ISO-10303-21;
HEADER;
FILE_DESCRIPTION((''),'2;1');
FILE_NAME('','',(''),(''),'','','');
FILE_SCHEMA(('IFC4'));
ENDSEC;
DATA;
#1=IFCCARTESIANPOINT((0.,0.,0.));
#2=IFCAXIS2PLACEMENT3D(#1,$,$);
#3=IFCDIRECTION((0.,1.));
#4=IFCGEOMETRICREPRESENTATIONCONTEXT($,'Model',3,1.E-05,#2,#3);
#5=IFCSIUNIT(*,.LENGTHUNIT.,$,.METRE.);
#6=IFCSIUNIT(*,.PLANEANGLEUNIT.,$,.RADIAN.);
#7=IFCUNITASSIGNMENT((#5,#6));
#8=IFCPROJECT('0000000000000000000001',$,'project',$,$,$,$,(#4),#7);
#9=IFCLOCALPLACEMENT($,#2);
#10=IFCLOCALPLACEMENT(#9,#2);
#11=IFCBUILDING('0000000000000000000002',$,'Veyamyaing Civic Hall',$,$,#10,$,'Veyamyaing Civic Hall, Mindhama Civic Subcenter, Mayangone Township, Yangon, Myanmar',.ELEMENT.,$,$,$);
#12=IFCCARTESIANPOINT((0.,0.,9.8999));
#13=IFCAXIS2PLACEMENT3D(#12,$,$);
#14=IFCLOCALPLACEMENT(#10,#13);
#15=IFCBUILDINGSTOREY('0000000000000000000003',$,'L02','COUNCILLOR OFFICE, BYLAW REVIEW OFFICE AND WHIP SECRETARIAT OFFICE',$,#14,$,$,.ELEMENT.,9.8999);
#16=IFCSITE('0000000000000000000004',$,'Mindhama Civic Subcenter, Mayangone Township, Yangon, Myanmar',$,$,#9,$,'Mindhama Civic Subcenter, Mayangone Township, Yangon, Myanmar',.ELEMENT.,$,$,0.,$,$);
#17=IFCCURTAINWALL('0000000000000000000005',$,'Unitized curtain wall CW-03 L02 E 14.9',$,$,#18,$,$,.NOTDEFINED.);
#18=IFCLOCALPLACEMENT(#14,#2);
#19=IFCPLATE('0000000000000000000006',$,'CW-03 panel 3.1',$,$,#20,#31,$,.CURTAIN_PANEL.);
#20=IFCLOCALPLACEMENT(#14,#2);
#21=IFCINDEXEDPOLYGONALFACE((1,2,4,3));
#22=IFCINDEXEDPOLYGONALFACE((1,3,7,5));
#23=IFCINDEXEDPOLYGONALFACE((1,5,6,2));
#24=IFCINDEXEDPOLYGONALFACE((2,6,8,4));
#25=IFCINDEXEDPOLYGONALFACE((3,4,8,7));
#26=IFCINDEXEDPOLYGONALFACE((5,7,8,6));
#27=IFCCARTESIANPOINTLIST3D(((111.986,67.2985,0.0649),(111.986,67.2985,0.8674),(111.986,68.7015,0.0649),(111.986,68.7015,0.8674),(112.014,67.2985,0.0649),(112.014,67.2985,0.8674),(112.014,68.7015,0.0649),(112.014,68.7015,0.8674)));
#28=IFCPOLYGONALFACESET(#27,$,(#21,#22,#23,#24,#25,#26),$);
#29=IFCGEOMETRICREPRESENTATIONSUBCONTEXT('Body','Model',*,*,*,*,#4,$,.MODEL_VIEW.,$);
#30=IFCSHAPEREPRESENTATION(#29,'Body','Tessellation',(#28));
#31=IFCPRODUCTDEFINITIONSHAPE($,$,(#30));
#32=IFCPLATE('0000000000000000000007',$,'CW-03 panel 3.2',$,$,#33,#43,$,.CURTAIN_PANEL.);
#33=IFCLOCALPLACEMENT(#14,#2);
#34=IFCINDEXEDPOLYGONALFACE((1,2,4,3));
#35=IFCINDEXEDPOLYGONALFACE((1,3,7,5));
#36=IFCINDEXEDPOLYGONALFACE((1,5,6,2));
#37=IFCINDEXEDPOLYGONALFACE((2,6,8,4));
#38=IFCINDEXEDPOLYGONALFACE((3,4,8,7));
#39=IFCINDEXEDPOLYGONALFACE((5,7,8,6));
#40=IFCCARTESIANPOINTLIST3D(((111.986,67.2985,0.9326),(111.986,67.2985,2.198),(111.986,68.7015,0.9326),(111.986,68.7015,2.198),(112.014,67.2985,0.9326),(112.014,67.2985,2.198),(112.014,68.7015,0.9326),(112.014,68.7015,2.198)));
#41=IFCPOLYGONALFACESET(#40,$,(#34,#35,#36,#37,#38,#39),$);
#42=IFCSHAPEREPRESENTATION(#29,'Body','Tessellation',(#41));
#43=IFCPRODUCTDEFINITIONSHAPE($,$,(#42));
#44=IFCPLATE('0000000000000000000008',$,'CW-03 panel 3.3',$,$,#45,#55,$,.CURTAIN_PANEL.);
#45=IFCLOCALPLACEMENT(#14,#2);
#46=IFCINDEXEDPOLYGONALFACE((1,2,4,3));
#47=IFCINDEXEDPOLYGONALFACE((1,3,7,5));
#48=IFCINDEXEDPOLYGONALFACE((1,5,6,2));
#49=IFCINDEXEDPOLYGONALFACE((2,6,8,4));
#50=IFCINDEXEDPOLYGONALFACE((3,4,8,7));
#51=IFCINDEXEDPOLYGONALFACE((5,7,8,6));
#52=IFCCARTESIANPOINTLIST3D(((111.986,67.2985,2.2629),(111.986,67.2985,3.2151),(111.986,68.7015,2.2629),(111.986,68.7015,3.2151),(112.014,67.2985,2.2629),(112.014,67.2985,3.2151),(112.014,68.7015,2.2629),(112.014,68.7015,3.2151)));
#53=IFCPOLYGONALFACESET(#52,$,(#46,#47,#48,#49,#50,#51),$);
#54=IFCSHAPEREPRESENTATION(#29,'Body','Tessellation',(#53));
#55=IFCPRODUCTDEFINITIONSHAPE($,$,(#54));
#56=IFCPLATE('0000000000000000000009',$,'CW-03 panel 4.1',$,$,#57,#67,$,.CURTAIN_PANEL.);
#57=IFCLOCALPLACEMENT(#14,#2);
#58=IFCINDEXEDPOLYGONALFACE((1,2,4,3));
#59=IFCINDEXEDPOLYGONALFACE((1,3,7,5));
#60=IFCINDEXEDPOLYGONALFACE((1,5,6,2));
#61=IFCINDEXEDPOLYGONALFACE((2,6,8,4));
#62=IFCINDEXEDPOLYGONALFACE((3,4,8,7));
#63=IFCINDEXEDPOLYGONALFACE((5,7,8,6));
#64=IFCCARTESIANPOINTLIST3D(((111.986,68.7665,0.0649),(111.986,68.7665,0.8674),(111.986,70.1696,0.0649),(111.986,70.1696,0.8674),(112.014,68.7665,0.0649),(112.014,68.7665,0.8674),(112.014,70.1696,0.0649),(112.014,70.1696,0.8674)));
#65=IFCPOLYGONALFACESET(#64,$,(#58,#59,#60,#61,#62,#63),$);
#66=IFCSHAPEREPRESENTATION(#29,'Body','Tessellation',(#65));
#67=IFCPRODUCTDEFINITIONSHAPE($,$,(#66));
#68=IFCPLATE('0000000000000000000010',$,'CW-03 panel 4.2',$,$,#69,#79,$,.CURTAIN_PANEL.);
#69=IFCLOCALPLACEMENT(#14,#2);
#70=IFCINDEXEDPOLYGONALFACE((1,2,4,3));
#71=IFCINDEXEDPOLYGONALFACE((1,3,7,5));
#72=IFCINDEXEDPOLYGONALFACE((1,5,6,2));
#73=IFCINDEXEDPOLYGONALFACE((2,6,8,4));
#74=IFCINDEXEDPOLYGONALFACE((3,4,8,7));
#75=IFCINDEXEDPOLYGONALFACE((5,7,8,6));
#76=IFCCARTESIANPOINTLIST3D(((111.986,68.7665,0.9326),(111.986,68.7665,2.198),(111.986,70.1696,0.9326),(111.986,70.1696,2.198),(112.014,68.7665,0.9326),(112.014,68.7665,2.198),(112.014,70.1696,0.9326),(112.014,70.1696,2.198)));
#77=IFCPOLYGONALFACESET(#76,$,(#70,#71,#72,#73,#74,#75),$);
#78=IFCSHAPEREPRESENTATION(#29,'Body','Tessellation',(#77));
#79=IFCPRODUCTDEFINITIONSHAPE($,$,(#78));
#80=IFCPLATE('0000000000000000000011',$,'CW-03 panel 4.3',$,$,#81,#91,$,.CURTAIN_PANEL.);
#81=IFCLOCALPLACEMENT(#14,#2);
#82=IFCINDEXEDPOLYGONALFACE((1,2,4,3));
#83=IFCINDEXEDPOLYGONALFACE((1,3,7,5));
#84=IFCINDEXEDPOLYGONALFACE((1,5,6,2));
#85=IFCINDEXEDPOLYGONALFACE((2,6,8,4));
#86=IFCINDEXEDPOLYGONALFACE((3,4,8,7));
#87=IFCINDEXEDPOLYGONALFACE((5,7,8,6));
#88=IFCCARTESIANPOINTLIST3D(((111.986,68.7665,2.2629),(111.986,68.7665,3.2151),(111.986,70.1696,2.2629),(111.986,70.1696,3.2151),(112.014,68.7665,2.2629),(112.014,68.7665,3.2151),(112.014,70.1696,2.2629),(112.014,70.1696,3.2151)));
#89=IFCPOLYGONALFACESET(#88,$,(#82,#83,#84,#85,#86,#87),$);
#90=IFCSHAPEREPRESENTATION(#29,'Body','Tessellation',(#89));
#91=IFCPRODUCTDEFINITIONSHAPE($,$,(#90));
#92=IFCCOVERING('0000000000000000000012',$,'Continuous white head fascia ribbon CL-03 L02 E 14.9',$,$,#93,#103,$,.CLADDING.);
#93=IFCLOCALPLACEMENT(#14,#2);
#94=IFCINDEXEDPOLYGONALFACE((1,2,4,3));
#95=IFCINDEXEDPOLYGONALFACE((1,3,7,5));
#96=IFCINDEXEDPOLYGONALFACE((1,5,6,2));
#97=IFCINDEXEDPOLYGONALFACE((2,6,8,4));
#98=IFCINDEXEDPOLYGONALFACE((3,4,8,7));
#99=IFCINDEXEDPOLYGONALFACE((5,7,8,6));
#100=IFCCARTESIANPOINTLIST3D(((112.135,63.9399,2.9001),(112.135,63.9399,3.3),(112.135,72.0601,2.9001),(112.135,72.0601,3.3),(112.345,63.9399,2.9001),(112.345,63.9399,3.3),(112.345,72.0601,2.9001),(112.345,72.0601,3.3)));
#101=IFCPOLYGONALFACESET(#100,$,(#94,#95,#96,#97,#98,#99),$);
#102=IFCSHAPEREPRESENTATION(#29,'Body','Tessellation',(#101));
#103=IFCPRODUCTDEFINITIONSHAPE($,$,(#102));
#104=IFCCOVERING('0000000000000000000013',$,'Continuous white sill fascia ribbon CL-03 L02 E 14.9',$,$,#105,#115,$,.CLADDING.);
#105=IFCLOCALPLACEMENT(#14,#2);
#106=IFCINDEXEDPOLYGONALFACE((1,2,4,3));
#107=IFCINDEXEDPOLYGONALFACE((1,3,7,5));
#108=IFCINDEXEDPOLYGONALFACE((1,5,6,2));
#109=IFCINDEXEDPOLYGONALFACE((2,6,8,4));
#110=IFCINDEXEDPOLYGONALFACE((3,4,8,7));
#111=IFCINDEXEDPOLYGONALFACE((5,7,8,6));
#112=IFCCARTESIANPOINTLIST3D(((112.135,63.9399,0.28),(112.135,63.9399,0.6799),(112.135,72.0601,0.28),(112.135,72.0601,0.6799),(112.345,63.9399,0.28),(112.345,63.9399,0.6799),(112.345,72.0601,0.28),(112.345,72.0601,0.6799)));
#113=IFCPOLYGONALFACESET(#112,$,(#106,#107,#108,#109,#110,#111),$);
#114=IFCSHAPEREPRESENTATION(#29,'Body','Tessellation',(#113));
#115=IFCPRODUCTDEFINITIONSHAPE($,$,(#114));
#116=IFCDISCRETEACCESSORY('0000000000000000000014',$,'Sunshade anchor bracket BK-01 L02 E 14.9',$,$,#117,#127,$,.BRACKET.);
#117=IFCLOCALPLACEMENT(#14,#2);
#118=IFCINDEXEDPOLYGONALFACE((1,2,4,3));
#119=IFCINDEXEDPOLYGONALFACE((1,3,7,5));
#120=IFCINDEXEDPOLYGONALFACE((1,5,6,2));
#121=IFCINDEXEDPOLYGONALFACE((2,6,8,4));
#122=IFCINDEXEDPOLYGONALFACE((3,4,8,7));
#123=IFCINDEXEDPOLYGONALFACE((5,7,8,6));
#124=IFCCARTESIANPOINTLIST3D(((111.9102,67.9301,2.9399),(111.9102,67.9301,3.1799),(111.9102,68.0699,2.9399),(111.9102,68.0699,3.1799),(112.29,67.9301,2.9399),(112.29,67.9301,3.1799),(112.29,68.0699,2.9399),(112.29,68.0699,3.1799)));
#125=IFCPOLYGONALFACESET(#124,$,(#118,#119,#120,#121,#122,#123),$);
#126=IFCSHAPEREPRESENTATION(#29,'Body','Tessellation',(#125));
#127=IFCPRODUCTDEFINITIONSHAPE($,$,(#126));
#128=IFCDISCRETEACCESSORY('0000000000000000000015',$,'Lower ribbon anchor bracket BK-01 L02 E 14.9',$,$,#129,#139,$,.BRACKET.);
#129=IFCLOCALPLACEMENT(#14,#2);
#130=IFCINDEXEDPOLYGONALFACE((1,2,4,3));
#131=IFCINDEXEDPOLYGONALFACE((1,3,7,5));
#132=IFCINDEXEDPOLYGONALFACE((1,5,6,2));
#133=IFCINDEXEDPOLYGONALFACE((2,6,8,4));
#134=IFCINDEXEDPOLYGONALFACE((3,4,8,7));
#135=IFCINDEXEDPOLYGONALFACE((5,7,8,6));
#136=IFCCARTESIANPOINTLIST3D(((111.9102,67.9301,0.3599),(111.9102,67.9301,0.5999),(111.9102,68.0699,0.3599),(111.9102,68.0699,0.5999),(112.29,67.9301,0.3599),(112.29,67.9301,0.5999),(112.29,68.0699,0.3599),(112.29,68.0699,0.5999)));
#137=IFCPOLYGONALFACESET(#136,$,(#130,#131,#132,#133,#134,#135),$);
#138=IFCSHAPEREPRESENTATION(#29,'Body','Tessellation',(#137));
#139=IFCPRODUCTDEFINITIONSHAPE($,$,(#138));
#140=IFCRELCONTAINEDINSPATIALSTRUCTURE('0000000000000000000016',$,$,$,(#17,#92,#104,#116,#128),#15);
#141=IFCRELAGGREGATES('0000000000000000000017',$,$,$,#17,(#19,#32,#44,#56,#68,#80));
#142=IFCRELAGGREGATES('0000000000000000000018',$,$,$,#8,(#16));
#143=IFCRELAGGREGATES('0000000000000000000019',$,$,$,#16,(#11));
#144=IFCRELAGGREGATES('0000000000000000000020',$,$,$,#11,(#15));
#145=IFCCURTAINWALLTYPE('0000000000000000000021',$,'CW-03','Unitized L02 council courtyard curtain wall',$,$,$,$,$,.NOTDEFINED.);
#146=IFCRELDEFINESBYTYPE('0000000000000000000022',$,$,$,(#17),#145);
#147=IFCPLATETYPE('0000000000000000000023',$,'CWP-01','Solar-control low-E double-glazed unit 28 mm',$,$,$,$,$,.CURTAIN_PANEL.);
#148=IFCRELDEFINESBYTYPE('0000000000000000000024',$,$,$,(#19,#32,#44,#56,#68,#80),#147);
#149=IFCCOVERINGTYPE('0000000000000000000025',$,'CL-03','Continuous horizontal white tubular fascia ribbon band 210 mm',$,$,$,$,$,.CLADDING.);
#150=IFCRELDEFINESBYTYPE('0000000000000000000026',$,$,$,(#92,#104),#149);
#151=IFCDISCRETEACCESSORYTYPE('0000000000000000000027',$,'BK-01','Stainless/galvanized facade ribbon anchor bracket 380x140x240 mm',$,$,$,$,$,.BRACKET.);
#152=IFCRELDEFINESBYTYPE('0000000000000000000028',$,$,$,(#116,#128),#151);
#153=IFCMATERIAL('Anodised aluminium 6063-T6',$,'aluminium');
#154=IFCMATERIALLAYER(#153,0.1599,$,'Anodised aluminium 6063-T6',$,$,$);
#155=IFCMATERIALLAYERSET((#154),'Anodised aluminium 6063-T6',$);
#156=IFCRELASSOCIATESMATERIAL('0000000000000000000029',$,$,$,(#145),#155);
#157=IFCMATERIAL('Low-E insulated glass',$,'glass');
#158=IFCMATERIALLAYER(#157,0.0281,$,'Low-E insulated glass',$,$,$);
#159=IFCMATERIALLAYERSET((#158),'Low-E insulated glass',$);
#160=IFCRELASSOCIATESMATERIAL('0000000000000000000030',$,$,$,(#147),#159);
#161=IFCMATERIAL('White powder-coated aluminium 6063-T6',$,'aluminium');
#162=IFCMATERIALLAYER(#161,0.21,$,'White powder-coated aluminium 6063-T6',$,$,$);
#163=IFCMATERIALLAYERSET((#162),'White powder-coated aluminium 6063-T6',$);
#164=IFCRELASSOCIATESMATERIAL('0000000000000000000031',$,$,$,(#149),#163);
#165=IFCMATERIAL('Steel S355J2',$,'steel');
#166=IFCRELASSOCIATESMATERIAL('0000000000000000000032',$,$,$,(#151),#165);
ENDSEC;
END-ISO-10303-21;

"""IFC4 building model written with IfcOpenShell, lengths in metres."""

from ifc_helpers import new_model, si_unit, direction, frame, origin, origin_2d, place, context, subcontext, project, spatial, rectangle, extrude, material, layer, layer_set, type_object, element, aggregate, save


model = new_model("IFC4")

# Units and contexts
model_context = context("Model", 3, precision=1e-05, world=origin(), true_north=direction((0.0, 1.0)))
body_context = subcontext(model_context, "Body", "Model", "MODEL_VIEW")
ifc_project = project(units=[si_unit("LENGTHUNIT", "METRE"), si_unit("PLANEANGLEUNIT", "RADIAN")], contexts=[model_context])

# Site, building, storey
site_placement = place(None, origin())
site = spatial("IfcSite", under=ifc_project, at=site_placement, Name="Mindhama Civic Subcenter, Mayangone Township, Yangon, Myanmar", LongName="Mindhama Civic Subcenter, Mayangone Township, Yangon, Myanmar", CompositionType="ELEMENT", RefElevation=0.0)
building_placement = place(site_placement, origin())
building = spatial("IfcBuilding", under=site, at=building_placement, Name="Veyamyaing Civic Hall", LongName="Veyamyaing Civic Hall, Mindhama Civic Subcenter, Mayangone Township, Yangon, Myanmar", CompositionType="ELEMENT")
storey_placement = place(building_placement, frame((0.0, 0.0, 9.8999)))
storey = spatial("IfcBuildingStorey", under=building, at=storey_placement, Name="L02", Description="COUNCILLOR OFFICE, BYLAW REVIEW OFFICE AND WHIP SECRETARIAT OFFICE", CompositionType="ELEMENT", Elevation=9.8999)

# Curtain wall
ifc_material_1 = material(Name="Anodised aluminium 6063-T6", Category="aluminium")
ifc_layer_1 = layer(ifc_material_1, 0.1599, Name="Anodised aluminium 6063-T6")
ifc_layer_set_1 = layer_set([ifc_layer_1], Name="Anodised aluminium 6063-T6")
curtain_wall_type = type_object("IfcCurtainWallType", Name="CW-03", Description="Unitized L02 council courtyard curtain wall", PredefinedType="NOTDEFINED", material=ifc_layer_set_1)
curtain_wall_placement = place(storey_placement, origin())
curtain_wall = element("IfcCurtainWall", 1, at=curtain_wall_placement, inside=storey, type_object=curtain_wall_type, Name="Unitized curtain wall CW-03 L02 E 14.9", PredefinedType="NOTDEFINED")

# Plates
ifc_material_2 = material(Name="Low-E insulated glass", Category="glass")
ifc_layer_2 = layer(ifc_material_2, 0.0281, Name="Low-E insulated glass")
ifc_layer_set_2 = layer_set([ifc_layer_2], Name="Low-E insulated glass")
plate_type = type_object("IfcPlateType", Name="CWP-01", Description="Solar-control low-E double-glazed unit 28 mm", PredefinedType="CURTAIN_PANEL", material=ifc_layer_set_2)
plate_1_placement = place(storey_placement, frame((112.0, 68.0, 0.0649), z_axis=(0.0, 0.0, 1.0), x_axis=(0.0, 1.0, 0.0)))
plate_1 = element("IfcPlate", 2, at=plate_1_placement, type_object=plate_type, Name="CW-03 panel 3.1", PredefinedType="CURTAIN_PANEL", context=body_context, shape_type="SweptSolid", body=[
    extrude(rectangle(XDim=1.4031, YDim=0.0281, at=origin_2d()), origin(), (0.0, 0.0, 1.0), 0.8025),
])
plate_2_placement = place(storey_placement, frame((112.0, 68.0, 0.9326), z_axis=(0.0, 0.0, 1.0), x_axis=(0.0, 1.0, 0.0)))
plate_2 = element("IfcPlate", 3, at=plate_2_placement, type_object=plate_type, Name="CW-03 panel 3.2", PredefinedType="CURTAIN_PANEL", context=body_context, shape_type="SweptSolid", body=[
    extrude(rectangle(XDim=1.4031, YDim=0.0281, at=origin_2d()), origin(), (0.0, 0.0, 1.0), 1.2654),
])
plate_3_placement = place(storey_placement, frame((112.0, 68.0, 2.2629), z_axis=(0.0, 0.0, 1.0), x_axis=(0.0, 1.0, 0.0)))
plate_3 = element("IfcPlate", 4, at=plate_3_placement, type_object=plate_type, Name="CW-03 panel 3.3", PredefinedType="CURTAIN_PANEL", context=body_context, shape_type="SweptSolid", body=[
    extrude(rectangle(XDim=1.4031, YDim=0.0281, at=origin_2d()), origin(), (0.0, 0.0, 1.0), 0.9521),
])
plate_4_placement = place(storey_placement, frame((112.0, 69.468, 0.0649), z_axis=(0.0, 0.0, 1.0), x_axis=(0.0, 1.0, 0.0)))
plate_4 = element("IfcPlate", 5, at=plate_4_placement, type_object=plate_type, Name="CW-03 panel 4.1", PredefinedType="CURTAIN_PANEL", context=body_context, shape_type="SweptSolid", body=[
    extrude(rectangle(XDim=1.4031, YDim=0.0281, at=origin_2d()), origin(), (0.0, 0.0, 1.0), 0.8025),
])
plate_5_placement = place(storey_placement, frame((112.0, 69.468, 0.9326), z_axis=(0.0, 0.0, 1.0), x_axis=(0.0, 1.0, 0.0)))
plate_5 = element("IfcPlate", 6, at=plate_5_placement, type_object=plate_type, Name="CW-03 panel 4.2", PredefinedType="CURTAIN_PANEL", context=body_context, shape_type="SweptSolid", body=[
    extrude(rectangle(XDim=1.4031, YDim=0.0281, at=origin_2d()), origin(), (0.0, 0.0, 1.0), 1.2654),
])
plate_6_placement = place(storey_placement, frame((112.0, 69.468, 2.2629), z_axis=(0.0, 0.0, 1.0), x_axis=(0.0, 1.0, 0.0)))
plate_6 = element("IfcPlate", 7, at=plate_6_placement, type_object=plate_type, Name="CW-03 panel 4.3", PredefinedType="CURTAIN_PANEL", context=body_context, shape_type="SweptSolid", body=[
    extrude(rectangle(XDim=1.4031, YDim=0.0281, at=origin_2d()), origin(), (0.0, 0.0, 1.0), 0.9521),
])
aggregate(curtain_wall, [plate_1, plate_2, plate_3, plate_4, plate_5, plate_6])

# Coverings
ifc_material_3 = material(Name="White powder-coated aluminium 6063-T6", Category="aluminium")
ifc_layer_3 = layer(ifc_material_3, 0.21, Name="White powder-coated aluminium 6063-T6")
ifc_layer_set_3 = layer_set([ifc_layer_3], Name="White powder-coated aluminium 6063-T6")
covering_type = type_object("IfcCoveringType", Name="CL-03", Description="Continuous horizontal white tubular fascia ribbon band 210 mm", PredefinedType="CLADDING", material=ifc_layer_set_3)
for number, where, z_axis, x_axis, name in (
    (8, (112.24, 68.0, 2.9001), (0.0, 0.0, 1.0), (0.0, 1.0, 0.0), "Continuous white head fascia ribbon CL-03 L02 E 14.9"),
    (9, (112.24, 68.0, 0.28), (0.0, 0.0, 1.0), (0.0, 1.0, 0.0), "Continuous white sill fascia ribbon CL-03 L02 E 14.9"),
):
    element("IfcCovering", number, at=place(storey_placement, frame(where, z_axis=z_axis, x_axis=x_axis)), inside=storey, type_object=covering_type, Name=name, PredefinedType="CLADDING", context=body_context, shape_type="SweptSolid", body=[
        extrude(rectangle(XDim=8.1201, YDim=0.21, at=origin_2d()), origin(), (0.0, 0.0, 1.0), 0.3999),
    ])

# Discrete accessories
ifc_material_4 = material(Name="Steel S355J2", Category="steel")
discrete_accessory_type = type_object("IfcDiscreteAccessoryType", Name="BK-01", Description="Stainless/galvanized facade ribbon anchor bracket 380x140x240 mm", PredefinedType="BRACKET", material=ifc_material_4)
for number, where, z_axis, x_axis, name in (
    (10, (112.1001, 68.0, 2.9399), (0.0, 0.0, 1.0), (1.0, 0.0, 0.0), "Sunshade anchor bracket BK-01 L02 E 14.9"),
    (11, (112.1001, 68.0, 0.3599), (0.0, 0.0, 1.0), (1.0, 0.0, 0.0), "Lower ribbon anchor bracket BK-01 L02 E 14.9"),
):
    element("IfcDiscreteAccessory", number, at=place(storey_placement, frame(where, z_axis=z_axis, x_axis=x_axis)), inside=storey, type_object=discrete_accessory_type, Name=name, PredefinedType="BRACKET", context=body_context, shape_type="SweptSolid", body=[
        extrude(rectangle(XDim=0.3799, YDim=0.1399, at=origin_2d()), origin(), (0.0, 0.0, 1.0), 0.24),
    ])

save(model, "model.ifc")
